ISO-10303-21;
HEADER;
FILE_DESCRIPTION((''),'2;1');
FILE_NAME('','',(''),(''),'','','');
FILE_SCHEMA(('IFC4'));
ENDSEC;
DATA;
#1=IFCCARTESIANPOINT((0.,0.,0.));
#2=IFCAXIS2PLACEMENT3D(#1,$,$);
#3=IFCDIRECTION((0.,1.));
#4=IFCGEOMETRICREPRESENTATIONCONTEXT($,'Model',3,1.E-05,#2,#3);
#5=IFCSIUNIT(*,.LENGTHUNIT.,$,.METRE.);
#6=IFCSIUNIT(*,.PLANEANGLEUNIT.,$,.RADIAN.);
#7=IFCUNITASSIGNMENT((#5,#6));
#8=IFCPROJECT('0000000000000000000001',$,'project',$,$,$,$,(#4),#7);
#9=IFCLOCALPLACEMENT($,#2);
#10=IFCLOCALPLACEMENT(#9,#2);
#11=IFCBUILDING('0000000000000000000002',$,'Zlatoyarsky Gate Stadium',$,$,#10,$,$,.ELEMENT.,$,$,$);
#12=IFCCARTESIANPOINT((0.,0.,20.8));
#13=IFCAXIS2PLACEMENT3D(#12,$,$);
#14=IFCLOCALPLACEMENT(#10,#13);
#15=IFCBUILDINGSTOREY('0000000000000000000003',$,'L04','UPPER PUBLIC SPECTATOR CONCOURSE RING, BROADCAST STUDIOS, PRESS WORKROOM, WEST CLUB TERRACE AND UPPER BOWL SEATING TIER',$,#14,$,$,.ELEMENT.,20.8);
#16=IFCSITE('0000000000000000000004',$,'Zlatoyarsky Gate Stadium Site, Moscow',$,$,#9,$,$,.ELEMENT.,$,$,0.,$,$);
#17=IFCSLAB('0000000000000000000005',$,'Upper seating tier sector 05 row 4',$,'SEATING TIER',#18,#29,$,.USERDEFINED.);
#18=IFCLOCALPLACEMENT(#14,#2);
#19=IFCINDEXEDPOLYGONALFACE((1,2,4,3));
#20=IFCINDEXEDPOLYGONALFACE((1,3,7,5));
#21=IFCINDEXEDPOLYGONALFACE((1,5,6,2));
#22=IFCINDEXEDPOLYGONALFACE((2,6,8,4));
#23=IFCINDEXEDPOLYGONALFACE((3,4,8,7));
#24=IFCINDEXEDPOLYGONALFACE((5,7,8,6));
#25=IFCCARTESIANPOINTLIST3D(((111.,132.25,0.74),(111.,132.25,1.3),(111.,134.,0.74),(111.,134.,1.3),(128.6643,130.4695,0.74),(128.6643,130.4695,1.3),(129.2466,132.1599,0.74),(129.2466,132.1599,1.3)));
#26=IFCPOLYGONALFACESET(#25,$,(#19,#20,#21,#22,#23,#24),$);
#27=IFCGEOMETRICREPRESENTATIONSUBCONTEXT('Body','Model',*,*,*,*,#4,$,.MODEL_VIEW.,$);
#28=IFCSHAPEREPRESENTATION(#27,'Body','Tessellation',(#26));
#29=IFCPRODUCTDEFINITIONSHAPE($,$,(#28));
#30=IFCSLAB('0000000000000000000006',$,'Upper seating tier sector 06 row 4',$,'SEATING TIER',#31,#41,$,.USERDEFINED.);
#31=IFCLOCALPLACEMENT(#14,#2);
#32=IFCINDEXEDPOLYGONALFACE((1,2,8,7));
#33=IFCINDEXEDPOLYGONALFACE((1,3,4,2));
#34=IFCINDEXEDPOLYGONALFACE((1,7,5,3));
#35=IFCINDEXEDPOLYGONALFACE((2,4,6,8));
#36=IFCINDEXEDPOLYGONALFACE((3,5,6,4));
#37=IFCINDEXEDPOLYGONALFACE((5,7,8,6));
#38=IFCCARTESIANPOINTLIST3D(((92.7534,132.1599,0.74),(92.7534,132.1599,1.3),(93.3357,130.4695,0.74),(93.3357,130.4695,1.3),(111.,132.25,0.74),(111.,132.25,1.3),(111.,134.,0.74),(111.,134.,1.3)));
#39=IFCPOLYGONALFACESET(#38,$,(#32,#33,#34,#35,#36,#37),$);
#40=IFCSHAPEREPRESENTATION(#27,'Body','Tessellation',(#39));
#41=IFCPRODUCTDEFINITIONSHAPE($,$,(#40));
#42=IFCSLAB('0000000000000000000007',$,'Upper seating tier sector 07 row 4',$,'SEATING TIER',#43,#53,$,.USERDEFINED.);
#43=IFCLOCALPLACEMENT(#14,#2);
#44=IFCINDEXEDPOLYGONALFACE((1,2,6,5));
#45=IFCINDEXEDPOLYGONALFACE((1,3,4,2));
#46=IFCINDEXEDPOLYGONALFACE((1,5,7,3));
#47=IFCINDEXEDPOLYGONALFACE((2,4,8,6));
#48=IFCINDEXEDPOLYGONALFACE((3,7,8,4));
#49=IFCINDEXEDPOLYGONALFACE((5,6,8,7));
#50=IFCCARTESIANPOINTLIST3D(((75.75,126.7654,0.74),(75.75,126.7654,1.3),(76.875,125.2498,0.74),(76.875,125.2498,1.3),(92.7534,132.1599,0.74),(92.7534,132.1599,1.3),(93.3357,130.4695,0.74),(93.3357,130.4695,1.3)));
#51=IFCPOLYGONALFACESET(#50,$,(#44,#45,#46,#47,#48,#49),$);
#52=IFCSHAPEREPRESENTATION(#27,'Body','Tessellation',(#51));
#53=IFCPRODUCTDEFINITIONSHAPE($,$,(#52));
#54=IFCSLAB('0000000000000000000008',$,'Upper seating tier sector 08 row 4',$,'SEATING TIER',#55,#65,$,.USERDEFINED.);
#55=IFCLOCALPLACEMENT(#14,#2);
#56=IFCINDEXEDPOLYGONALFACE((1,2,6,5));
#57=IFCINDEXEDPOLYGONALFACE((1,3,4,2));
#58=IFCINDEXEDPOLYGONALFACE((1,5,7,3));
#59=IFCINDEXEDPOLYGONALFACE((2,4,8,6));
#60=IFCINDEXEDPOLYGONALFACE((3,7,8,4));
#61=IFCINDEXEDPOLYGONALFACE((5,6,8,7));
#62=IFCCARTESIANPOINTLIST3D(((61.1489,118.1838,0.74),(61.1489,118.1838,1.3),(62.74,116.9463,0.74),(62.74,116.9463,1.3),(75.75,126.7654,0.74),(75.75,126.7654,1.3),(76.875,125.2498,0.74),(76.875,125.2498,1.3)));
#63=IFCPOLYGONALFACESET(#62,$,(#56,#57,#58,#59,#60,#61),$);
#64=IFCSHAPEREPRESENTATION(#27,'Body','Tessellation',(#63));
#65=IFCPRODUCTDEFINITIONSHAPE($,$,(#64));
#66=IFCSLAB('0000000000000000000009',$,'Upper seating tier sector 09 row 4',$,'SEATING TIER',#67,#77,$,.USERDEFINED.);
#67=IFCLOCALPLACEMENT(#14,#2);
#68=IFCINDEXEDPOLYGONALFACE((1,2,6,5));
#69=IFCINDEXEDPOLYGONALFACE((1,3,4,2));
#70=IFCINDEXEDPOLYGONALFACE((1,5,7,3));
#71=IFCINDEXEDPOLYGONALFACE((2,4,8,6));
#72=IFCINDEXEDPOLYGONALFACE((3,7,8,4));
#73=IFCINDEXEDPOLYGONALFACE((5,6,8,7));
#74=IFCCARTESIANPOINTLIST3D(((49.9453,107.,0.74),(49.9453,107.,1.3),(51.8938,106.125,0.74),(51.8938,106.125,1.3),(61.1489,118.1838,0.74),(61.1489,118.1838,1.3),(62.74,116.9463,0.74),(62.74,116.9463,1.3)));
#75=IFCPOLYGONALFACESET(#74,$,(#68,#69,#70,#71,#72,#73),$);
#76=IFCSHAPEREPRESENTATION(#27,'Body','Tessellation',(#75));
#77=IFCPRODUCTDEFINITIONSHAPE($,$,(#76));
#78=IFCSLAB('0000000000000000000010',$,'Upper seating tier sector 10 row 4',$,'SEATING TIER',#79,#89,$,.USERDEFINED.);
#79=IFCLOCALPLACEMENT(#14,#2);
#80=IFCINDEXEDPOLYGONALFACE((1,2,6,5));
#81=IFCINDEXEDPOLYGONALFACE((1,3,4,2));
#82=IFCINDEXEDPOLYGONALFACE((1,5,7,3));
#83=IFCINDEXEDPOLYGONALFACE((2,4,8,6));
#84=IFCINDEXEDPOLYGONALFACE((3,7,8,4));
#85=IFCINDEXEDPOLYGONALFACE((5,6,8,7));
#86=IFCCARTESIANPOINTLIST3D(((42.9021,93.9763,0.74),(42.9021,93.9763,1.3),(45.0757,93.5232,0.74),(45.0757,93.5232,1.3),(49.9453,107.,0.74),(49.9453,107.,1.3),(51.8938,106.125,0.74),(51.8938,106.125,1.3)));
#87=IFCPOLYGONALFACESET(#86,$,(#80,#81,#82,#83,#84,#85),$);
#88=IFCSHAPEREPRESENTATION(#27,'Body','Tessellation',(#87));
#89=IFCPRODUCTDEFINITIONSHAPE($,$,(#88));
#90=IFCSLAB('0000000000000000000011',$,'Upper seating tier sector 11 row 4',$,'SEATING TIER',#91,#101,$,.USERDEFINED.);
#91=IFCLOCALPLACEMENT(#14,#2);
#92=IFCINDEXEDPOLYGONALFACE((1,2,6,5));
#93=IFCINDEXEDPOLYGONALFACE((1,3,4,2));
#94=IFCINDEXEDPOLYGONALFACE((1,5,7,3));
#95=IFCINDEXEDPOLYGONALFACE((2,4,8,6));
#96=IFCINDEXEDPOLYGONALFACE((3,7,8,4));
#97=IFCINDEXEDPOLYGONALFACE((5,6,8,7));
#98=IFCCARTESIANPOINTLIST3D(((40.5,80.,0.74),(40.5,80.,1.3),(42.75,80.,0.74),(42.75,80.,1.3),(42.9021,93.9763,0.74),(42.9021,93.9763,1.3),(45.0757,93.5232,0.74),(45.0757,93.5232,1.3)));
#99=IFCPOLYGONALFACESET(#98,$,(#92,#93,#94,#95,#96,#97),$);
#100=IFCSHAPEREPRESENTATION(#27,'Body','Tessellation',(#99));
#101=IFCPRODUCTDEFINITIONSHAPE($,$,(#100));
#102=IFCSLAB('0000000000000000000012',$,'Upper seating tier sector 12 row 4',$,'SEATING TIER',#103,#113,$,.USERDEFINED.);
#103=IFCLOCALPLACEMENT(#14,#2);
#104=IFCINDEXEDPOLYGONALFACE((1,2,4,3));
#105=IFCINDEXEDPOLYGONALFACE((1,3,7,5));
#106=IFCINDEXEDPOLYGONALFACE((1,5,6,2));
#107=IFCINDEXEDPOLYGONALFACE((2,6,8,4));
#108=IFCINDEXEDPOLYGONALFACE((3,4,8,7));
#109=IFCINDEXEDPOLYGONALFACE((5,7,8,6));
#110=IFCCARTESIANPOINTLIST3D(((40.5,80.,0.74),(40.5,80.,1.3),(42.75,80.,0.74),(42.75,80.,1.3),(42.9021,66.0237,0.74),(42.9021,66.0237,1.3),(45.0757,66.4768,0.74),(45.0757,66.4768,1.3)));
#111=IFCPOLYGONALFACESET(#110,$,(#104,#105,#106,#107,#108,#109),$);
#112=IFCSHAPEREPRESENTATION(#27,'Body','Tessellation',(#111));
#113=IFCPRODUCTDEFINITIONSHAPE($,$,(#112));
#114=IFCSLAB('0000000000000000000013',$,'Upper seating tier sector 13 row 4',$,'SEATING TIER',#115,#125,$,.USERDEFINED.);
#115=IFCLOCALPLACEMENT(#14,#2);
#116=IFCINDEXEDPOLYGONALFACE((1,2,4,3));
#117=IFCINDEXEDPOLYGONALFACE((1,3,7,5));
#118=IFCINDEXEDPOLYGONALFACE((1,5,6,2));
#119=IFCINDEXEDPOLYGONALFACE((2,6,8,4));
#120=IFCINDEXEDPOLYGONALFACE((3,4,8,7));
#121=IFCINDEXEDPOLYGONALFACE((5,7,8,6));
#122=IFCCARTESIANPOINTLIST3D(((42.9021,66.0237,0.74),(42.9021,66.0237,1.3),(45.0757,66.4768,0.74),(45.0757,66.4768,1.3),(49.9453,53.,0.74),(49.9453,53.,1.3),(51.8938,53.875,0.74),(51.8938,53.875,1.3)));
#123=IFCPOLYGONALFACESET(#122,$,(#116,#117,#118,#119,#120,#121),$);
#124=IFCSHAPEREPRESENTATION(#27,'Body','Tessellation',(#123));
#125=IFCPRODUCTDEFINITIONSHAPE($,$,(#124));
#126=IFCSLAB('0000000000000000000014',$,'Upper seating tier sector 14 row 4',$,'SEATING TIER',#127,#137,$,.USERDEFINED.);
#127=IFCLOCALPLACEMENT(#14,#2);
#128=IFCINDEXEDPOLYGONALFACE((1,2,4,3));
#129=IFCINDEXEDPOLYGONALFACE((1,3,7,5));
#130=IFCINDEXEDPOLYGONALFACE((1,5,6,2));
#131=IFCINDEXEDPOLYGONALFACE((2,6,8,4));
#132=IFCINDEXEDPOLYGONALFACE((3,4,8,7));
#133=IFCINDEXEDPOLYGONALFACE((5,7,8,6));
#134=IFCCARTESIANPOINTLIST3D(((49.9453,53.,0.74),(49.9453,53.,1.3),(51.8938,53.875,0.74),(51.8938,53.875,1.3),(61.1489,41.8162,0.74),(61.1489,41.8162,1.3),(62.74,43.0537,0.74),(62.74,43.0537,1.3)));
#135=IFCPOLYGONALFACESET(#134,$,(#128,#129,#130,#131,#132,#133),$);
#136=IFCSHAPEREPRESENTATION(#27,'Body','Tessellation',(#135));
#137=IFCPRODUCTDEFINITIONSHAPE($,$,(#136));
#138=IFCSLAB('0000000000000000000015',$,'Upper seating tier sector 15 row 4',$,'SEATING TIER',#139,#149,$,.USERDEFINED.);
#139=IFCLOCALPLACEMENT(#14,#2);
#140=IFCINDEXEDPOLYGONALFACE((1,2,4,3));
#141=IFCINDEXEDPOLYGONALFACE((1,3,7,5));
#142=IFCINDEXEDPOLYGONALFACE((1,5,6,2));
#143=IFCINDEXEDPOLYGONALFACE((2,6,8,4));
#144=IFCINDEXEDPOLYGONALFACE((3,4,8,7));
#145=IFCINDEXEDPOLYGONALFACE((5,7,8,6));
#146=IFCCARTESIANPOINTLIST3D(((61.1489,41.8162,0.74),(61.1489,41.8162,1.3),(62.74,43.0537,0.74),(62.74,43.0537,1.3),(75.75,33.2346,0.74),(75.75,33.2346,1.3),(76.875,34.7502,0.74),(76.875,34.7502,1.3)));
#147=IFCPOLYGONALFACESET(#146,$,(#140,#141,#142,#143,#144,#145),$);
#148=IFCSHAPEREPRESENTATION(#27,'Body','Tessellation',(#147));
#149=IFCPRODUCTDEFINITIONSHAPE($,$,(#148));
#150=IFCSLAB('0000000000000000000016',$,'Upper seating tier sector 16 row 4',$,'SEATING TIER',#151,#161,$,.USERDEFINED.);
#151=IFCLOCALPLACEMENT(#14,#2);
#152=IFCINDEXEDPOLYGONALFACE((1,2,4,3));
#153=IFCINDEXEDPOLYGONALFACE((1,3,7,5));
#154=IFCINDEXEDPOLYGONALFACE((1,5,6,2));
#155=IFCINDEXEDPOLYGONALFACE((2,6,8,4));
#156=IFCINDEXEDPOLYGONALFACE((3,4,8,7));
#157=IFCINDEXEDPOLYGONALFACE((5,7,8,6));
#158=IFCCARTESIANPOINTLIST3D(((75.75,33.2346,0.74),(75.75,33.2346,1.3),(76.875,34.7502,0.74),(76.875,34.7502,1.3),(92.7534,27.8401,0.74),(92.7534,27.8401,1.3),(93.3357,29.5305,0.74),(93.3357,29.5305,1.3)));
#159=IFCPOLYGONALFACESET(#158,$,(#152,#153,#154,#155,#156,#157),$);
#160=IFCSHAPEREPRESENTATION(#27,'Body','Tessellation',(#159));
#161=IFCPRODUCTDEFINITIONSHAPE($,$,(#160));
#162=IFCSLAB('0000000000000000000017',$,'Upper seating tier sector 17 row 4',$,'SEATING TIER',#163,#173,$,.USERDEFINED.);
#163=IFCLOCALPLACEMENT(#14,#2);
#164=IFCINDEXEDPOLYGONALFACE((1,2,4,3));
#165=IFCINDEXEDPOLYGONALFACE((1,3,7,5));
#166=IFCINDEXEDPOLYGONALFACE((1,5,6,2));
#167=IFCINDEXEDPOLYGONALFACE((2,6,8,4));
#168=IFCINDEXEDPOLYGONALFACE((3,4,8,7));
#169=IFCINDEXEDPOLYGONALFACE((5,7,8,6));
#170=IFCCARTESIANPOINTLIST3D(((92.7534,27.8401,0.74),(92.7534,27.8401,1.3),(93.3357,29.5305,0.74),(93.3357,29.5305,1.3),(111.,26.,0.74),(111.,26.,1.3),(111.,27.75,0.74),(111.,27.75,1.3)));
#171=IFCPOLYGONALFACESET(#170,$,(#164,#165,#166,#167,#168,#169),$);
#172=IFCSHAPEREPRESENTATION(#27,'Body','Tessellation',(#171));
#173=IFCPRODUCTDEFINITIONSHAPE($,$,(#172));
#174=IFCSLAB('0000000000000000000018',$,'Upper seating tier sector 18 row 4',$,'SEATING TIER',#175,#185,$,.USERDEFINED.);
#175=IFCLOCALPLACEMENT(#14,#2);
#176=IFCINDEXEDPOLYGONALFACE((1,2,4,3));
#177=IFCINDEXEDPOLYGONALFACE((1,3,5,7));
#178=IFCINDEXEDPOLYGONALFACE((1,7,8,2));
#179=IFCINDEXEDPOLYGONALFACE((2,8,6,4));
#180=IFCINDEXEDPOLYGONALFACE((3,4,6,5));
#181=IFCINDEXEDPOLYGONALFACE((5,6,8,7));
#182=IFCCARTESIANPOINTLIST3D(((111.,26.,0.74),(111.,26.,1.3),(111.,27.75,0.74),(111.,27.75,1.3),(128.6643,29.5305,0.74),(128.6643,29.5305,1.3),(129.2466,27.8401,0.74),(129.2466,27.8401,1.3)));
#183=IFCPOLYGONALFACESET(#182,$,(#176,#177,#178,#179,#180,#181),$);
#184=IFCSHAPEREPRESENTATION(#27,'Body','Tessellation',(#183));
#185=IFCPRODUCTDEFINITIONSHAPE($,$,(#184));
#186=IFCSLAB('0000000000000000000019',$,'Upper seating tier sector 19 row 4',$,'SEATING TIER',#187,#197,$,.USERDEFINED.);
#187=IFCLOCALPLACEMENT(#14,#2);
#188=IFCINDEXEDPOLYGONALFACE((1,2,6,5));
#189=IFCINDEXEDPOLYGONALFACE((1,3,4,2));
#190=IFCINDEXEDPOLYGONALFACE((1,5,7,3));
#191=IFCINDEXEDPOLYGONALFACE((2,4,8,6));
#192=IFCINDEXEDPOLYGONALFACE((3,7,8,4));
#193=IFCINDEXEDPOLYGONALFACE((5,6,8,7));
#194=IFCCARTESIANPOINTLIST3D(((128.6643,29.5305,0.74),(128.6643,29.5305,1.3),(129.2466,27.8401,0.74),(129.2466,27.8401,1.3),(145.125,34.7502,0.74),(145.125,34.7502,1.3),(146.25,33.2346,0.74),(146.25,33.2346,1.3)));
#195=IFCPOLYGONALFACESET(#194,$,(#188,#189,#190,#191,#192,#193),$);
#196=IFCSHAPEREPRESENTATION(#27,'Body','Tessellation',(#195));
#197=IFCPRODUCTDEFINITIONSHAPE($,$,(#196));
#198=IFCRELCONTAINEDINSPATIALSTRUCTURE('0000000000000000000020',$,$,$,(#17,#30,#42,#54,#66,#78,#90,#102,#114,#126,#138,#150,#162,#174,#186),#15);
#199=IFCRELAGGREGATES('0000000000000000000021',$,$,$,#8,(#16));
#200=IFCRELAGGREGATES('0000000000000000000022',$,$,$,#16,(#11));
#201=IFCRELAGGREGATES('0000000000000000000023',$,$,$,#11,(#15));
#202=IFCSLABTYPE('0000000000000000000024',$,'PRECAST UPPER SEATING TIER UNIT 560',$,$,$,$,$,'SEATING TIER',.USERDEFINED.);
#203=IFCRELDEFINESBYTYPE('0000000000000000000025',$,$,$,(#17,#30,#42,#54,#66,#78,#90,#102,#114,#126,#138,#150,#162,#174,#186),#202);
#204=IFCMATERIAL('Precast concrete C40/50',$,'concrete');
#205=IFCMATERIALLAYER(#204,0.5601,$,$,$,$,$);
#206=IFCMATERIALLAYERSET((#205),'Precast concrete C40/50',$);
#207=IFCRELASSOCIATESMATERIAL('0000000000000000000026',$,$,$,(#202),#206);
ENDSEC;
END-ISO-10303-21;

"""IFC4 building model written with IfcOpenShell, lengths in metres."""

from ifc_helpers import new_model, si_unit, direction, frame, origin, place, context, subcontext, project, spatial, polyline, outline, extrude, material, layer, layer_set, type_object, element, save


model = new_model("IFC4")

# Units and contexts
model_context = context("Model", 3, precision=1e-05, world=origin(), true_north=direction((0.0, 1.0)))
body_context = subcontext(model_context, "Body", "Model", "MODEL_VIEW")
ifc_project = project(units=[si_unit("LENGTHUNIT", "METRE"), si_unit("PLANEANGLEUNIT", "RADIAN")], contexts=[model_context])

# Site, building, storey
site_placement = place(None, origin())
site = spatial("IfcSite", under=ifc_project, at=site_placement, Name="Zlatoyarsky Gate Stadium Site, Moscow", CompositionType="ELEMENT", RefElevation=0.0)
building_placement = place(site_placement, origin())
building = spatial("IfcBuilding", under=site, at=building_placement, Name="Zlatoyarsky Gate Stadium", CompositionType="ELEMENT")
storey_placement = place(building_placement, frame((0.0, 0.0, 20.8)))
storey = spatial("IfcBuildingStorey", under=building, at=storey_placement, Name="L04", Description="UPPER PUBLIC SPECTATOR CONCOURSE RING, BROADCAST STUDIOS, PRESS WORKROOM, WEST CLUB TERRACE AND UPPER BOWL SEATING TIER", CompositionType="ELEMENT", Elevation=20.8)

# Slabs
ifc_material_1 = material(Name="Precast concrete C40/50", Category="concrete")
ifc_layer_1 = layer(ifc_material_1, 0.5601)
ifc_layer_set_1 = layer_set([ifc_layer_1], Name="Precast concrete C40/50")
slab_type_1 = type_object("IfcSlabType", Name="PRECAST UPPER SEATING TIER UNIT 560", ElementType="SEATING TIER", PredefinedType="USERDEFINED", material=ifc_layer_set_1)
slab_1_placement = place(storey_placement, frame((0.0, 0.0, 0.74)))
element("IfcSlab", 1, at=slab_1_placement, inside=storey, type_object=slab_type_1, Name="Upper seating tier sector 05 row 4", ObjectType="SEATING TIER", PredefinedType="USERDEFINED", context=body_context, shape_type="SweptSolid", body=[
    extrude(outline(polyline([(128.6643, 130.4695), (129.2466, 132.1599), (111.0, 134.0), (111.0, 132.25), (128.6643, 130.4695)])), origin(), (0.0, 0.0, 1.0), 0.5601),
])
slab_2_placement = place(storey_placement, frame((0.0, 0.0, 0.74)))
element("IfcSlab", 2, at=slab_2_placement, inside=storey, type_object=slab_type_1, Name="Upper seating tier sector 06 row 4", ObjectType="SEATING TIER", PredefinedType="USERDEFINED", context=body_context, shape_type="SweptSolid", body=[
    extrude(outline(polyline([(111.0, 132.25), (111.0, 134.0), (92.7534, 132.1599), (93.3357, 130.4695), (111.0, 132.25)])), origin(), (0.0, 0.0, 1.0), 0.5601),
])
slab_3_placement = place(storey_placement, frame((0.0, 0.0, 0.74)))
element("IfcSlab", 3, at=slab_3_placement, inside=storey, type_object=slab_type_1, Name="Upper seating tier sector 07 row 4", ObjectType="SEATING TIER", PredefinedType="USERDEFINED", context=body_context, shape_type="SweptSolid", body=[
    extrude(outline(polyline([(93.3357, 130.4695), (92.7534, 132.1599), (75.75, 126.7654), (76.875, 125.2498), (93.3357, 130.4695)])), origin(), (0.0, 0.0, 1.0), 0.5601),
])
slab_4_placement = place(storey_placement, frame((0.0, 0.0, 0.74)))
element("IfcSlab", 4, at=slab_4_placement, inside=storey, type_object=slab_type_1, Name="Upper seating tier sector 08 row 4", ObjectType="SEATING TIER", PredefinedType="USERDEFINED", context=body_context, shape_type="SweptSolid", body=[
    extrude(outline(polyline([(76.875, 125.2498), (75.75, 126.7654), (61.1489, 118.1838), (62.74, 116.9463), (76.875, 125.2498)])), origin(), (0.0, 0.0, 1.0), 0.5601),
])
slab_5_placement = place(storey_placement, frame((0.0, 0.0, 0.74)))
element("IfcSlab", 5, at=slab_5_placement, inside=storey, type_object=slab_type_1, Name="Upper seating tier sector 09 row 4", ObjectType="SEATING TIER", PredefinedType="USERDEFINED", context=body_context, shape_type="SweptSolid", body=[
    extrude(outline(polyline([(62.74, 116.9463), (61.1489, 118.1838), (49.9453, 107.0), (51.8938, 106.125), (62.74, 116.9463)])), origin(), (0.0, 0.0, 1.0), 0.5601),
])
slab_6_placement = place(storey_placement, frame((0.0, 0.0, 0.74)))
element("IfcSlab", 6, at=slab_6_placement, inside=storey, type_object=slab_type_1, Name="Upper seating tier sector 10 row 4", ObjectType="SEATING TIER", PredefinedType="USERDEFINED", context=body_context, shape_type="SweptSolid", body=[
    extrude(outline(polyline([(51.8938, 106.125), (49.9453, 107.0), (42.9021, 93.9763), (45.0757, 93.5232), (51.8938, 106.125)])), origin(), (0.0, 0.0, 1.0), 0.5601),
])
slab_7_placement = place(storey_placement, frame((0.0, 0.0, 0.74)))
element("IfcSlab", 7, at=slab_7_placement, inside=storey, type_object=slab_type_1, Name="Upper seating tier sector 11 row 4", ObjectType="SEATING TIER", PredefinedType="USERDEFINED", context=body_context, shape_type="SweptSolid", body=[
    extrude(outline(polyline([(45.0757, 93.5232), (42.9021, 93.9763), (40.5, 80.0), (42.75, 80.0), (45.0757, 93.5232)])), origin(), (0.0, 0.0, 1.0), 0.5601),
])
slab_8_placement = place(storey_placement, frame((0.0, 0.0, 0.74)))
element("IfcSlab", 8, at=slab_8_placement, inside=storey, type_object=slab_type_1, Name="Upper seating tier sector 12 row 4", ObjectType="SEATING TIER", PredefinedType="USERDEFINED", context=body_context, shape_type="SweptSolid", body=[
    extrude(outline(polyline([(42.75, 80.0), (40.5, 80.0), (42.9021, 66.0237), (45.0757, 66.4768), (42.75, 80.0)])), origin(), (0.0, 0.0, 1.0), 0.5601),
])
slab_9_placement = place(storey_placement, frame((0.0, 0.0, 0.74)))
element("IfcSlab", 9, at=slab_9_placement, inside=storey, type_object=slab_type_1, Name="Upper seating tier sector 13 row 4", ObjectType="SEATING TIER", PredefinedType="USERDEFINED", context=body_context, shape_type="SweptSolid", body=[
    extrude(outline(polyline([(45.0757, 66.4768), (42.9021, 66.0237), (49.9453, 53.0), (51.8938, 53.875), (45.0757, 66.4768)])), origin(), (0.0, 0.0, 1.0), 0.5601),
])
slab_10_placement = place(storey_placement, frame((0.0, 0.0, 0.74)))
element("IfcSlab", 10, at=slab_10_placement, inside=storey, type_object=slab_type_1, Name="Upper seating tier sector 14 row 4", ObjectType="SEATING TIER", PredefinedType="USERDEFINED", context=body_context, shape_type="SweptSolid", body=[
    extrude(outline(polyline([(51.8938, 53.875), (49.9453, 53.0), (61.1489, 41.8162), (62.74, 43.0537), (51.8938, 53.875)])), origin(), (0.0, 0.0, 1.0), 0.5601),
])
slab_11_placement = place(storey_placement, frame((0.0, 0.0, 0.74)))
element("IfcSlab", 11, at=slab_11_placement, inside=storey, type_object=slab_type_1, Name="Upper seating tier sector 15 row 4", ObjectType="SEATING TIER", PredefinedType="USERDEFINED", context=body_context, shape_type="SweptSolid", body=[
    extrude(outline(polyline([(62.74, 43.0537), (61.1489, 41.8162), (75.75, 33.2346), (76.875, 34.7502), (62.74, 43.0537)])), origin(), (0.0, 0.0, 1.0), 0.5601),
])
slab_12_placement = place(storey_placement, frame((0.0, 0.0, 0.74)))
element("IfcSlab", 12, at=slab_12_placement, inside=storey, type_object=slab_type_1, Name="Upper seating tier sector 16 row 4", ObjectType="SEATING TIER", PredefinedType="USERDEFINED", context=body_context, shape_type="SweptSolid", body=[
    extrude(outline(polyline([(76.875, 34.7502), (75.75, 33.2346), (92.7534, 27.8401), (93.3357, 29.5305), (76.875, 34.7502)])), origin(), (0.0, 0.0, 1.0), 0.5601),
])
slab_13_placement = place(storey_placement, frame((0.0, 0.0, 0.74)))
element("IfcSlab", 13, at=slab_13_placement, inside=storey, type_object=slab_type_1, Name="Upper seating tier sector 17 row 4", ObjectType="SEATING TIER", PredefinedType="USERDEFINED", context=body_context, shape_type="SweptSolid", body=[
    extrude(outline(polyline([(93.3357, 29.5305), (92.7534, 27.8401), (111.0, 26.0), (111.0, 27.75), (93.3357, 29.5305)])), origin(), (0.0, 0.0, 1.0), 0.5601),
])
slab_14_placement = place(storey_placement, frame((0.0, 0.0, 0.74)))
element("IfcSlab", 14, at=slab_14_placement, inside=storey, type_object=slab_type_1, Name="Upper seating tier sector 18 row 4", ObjectType="SEATING TIER", PredefinedType="USERDEFINED", context=body_context, shape_type="SweptSolid", body=[
    extrude(outline(polyline([(111.0, 27.75), (111.0, 26.0), (129.2466, 27.8401), (128.6643, 29.5305), (111.0, 27.75)])), origin(), (0.0, 0.0, 1.0), 0.5601),
])
slab_15_placement = place(storey_placement, frame((0.0, 0.0, 0.74)))
element("IfcSlab", 15, at=slab_15_placement, inside=storey, type_object=slab_type_1, Name="Upper seating tier sector 19 row 4", ObjectType="SEATING TIER", PredefinedType="USERDEFINED", context=body_context, shape_type="SweptSolid", body=[
    extrude(outline(polyline([(128.6643, 29.5305), (129.2466, 27.8401), (146.25, 33.2346), (145.125, 34.7502), (128.6643, 29.5305)])), origin(), (0.0, 0.0, 1.0), 0.5601),
])

save(model, "model.ifc")
